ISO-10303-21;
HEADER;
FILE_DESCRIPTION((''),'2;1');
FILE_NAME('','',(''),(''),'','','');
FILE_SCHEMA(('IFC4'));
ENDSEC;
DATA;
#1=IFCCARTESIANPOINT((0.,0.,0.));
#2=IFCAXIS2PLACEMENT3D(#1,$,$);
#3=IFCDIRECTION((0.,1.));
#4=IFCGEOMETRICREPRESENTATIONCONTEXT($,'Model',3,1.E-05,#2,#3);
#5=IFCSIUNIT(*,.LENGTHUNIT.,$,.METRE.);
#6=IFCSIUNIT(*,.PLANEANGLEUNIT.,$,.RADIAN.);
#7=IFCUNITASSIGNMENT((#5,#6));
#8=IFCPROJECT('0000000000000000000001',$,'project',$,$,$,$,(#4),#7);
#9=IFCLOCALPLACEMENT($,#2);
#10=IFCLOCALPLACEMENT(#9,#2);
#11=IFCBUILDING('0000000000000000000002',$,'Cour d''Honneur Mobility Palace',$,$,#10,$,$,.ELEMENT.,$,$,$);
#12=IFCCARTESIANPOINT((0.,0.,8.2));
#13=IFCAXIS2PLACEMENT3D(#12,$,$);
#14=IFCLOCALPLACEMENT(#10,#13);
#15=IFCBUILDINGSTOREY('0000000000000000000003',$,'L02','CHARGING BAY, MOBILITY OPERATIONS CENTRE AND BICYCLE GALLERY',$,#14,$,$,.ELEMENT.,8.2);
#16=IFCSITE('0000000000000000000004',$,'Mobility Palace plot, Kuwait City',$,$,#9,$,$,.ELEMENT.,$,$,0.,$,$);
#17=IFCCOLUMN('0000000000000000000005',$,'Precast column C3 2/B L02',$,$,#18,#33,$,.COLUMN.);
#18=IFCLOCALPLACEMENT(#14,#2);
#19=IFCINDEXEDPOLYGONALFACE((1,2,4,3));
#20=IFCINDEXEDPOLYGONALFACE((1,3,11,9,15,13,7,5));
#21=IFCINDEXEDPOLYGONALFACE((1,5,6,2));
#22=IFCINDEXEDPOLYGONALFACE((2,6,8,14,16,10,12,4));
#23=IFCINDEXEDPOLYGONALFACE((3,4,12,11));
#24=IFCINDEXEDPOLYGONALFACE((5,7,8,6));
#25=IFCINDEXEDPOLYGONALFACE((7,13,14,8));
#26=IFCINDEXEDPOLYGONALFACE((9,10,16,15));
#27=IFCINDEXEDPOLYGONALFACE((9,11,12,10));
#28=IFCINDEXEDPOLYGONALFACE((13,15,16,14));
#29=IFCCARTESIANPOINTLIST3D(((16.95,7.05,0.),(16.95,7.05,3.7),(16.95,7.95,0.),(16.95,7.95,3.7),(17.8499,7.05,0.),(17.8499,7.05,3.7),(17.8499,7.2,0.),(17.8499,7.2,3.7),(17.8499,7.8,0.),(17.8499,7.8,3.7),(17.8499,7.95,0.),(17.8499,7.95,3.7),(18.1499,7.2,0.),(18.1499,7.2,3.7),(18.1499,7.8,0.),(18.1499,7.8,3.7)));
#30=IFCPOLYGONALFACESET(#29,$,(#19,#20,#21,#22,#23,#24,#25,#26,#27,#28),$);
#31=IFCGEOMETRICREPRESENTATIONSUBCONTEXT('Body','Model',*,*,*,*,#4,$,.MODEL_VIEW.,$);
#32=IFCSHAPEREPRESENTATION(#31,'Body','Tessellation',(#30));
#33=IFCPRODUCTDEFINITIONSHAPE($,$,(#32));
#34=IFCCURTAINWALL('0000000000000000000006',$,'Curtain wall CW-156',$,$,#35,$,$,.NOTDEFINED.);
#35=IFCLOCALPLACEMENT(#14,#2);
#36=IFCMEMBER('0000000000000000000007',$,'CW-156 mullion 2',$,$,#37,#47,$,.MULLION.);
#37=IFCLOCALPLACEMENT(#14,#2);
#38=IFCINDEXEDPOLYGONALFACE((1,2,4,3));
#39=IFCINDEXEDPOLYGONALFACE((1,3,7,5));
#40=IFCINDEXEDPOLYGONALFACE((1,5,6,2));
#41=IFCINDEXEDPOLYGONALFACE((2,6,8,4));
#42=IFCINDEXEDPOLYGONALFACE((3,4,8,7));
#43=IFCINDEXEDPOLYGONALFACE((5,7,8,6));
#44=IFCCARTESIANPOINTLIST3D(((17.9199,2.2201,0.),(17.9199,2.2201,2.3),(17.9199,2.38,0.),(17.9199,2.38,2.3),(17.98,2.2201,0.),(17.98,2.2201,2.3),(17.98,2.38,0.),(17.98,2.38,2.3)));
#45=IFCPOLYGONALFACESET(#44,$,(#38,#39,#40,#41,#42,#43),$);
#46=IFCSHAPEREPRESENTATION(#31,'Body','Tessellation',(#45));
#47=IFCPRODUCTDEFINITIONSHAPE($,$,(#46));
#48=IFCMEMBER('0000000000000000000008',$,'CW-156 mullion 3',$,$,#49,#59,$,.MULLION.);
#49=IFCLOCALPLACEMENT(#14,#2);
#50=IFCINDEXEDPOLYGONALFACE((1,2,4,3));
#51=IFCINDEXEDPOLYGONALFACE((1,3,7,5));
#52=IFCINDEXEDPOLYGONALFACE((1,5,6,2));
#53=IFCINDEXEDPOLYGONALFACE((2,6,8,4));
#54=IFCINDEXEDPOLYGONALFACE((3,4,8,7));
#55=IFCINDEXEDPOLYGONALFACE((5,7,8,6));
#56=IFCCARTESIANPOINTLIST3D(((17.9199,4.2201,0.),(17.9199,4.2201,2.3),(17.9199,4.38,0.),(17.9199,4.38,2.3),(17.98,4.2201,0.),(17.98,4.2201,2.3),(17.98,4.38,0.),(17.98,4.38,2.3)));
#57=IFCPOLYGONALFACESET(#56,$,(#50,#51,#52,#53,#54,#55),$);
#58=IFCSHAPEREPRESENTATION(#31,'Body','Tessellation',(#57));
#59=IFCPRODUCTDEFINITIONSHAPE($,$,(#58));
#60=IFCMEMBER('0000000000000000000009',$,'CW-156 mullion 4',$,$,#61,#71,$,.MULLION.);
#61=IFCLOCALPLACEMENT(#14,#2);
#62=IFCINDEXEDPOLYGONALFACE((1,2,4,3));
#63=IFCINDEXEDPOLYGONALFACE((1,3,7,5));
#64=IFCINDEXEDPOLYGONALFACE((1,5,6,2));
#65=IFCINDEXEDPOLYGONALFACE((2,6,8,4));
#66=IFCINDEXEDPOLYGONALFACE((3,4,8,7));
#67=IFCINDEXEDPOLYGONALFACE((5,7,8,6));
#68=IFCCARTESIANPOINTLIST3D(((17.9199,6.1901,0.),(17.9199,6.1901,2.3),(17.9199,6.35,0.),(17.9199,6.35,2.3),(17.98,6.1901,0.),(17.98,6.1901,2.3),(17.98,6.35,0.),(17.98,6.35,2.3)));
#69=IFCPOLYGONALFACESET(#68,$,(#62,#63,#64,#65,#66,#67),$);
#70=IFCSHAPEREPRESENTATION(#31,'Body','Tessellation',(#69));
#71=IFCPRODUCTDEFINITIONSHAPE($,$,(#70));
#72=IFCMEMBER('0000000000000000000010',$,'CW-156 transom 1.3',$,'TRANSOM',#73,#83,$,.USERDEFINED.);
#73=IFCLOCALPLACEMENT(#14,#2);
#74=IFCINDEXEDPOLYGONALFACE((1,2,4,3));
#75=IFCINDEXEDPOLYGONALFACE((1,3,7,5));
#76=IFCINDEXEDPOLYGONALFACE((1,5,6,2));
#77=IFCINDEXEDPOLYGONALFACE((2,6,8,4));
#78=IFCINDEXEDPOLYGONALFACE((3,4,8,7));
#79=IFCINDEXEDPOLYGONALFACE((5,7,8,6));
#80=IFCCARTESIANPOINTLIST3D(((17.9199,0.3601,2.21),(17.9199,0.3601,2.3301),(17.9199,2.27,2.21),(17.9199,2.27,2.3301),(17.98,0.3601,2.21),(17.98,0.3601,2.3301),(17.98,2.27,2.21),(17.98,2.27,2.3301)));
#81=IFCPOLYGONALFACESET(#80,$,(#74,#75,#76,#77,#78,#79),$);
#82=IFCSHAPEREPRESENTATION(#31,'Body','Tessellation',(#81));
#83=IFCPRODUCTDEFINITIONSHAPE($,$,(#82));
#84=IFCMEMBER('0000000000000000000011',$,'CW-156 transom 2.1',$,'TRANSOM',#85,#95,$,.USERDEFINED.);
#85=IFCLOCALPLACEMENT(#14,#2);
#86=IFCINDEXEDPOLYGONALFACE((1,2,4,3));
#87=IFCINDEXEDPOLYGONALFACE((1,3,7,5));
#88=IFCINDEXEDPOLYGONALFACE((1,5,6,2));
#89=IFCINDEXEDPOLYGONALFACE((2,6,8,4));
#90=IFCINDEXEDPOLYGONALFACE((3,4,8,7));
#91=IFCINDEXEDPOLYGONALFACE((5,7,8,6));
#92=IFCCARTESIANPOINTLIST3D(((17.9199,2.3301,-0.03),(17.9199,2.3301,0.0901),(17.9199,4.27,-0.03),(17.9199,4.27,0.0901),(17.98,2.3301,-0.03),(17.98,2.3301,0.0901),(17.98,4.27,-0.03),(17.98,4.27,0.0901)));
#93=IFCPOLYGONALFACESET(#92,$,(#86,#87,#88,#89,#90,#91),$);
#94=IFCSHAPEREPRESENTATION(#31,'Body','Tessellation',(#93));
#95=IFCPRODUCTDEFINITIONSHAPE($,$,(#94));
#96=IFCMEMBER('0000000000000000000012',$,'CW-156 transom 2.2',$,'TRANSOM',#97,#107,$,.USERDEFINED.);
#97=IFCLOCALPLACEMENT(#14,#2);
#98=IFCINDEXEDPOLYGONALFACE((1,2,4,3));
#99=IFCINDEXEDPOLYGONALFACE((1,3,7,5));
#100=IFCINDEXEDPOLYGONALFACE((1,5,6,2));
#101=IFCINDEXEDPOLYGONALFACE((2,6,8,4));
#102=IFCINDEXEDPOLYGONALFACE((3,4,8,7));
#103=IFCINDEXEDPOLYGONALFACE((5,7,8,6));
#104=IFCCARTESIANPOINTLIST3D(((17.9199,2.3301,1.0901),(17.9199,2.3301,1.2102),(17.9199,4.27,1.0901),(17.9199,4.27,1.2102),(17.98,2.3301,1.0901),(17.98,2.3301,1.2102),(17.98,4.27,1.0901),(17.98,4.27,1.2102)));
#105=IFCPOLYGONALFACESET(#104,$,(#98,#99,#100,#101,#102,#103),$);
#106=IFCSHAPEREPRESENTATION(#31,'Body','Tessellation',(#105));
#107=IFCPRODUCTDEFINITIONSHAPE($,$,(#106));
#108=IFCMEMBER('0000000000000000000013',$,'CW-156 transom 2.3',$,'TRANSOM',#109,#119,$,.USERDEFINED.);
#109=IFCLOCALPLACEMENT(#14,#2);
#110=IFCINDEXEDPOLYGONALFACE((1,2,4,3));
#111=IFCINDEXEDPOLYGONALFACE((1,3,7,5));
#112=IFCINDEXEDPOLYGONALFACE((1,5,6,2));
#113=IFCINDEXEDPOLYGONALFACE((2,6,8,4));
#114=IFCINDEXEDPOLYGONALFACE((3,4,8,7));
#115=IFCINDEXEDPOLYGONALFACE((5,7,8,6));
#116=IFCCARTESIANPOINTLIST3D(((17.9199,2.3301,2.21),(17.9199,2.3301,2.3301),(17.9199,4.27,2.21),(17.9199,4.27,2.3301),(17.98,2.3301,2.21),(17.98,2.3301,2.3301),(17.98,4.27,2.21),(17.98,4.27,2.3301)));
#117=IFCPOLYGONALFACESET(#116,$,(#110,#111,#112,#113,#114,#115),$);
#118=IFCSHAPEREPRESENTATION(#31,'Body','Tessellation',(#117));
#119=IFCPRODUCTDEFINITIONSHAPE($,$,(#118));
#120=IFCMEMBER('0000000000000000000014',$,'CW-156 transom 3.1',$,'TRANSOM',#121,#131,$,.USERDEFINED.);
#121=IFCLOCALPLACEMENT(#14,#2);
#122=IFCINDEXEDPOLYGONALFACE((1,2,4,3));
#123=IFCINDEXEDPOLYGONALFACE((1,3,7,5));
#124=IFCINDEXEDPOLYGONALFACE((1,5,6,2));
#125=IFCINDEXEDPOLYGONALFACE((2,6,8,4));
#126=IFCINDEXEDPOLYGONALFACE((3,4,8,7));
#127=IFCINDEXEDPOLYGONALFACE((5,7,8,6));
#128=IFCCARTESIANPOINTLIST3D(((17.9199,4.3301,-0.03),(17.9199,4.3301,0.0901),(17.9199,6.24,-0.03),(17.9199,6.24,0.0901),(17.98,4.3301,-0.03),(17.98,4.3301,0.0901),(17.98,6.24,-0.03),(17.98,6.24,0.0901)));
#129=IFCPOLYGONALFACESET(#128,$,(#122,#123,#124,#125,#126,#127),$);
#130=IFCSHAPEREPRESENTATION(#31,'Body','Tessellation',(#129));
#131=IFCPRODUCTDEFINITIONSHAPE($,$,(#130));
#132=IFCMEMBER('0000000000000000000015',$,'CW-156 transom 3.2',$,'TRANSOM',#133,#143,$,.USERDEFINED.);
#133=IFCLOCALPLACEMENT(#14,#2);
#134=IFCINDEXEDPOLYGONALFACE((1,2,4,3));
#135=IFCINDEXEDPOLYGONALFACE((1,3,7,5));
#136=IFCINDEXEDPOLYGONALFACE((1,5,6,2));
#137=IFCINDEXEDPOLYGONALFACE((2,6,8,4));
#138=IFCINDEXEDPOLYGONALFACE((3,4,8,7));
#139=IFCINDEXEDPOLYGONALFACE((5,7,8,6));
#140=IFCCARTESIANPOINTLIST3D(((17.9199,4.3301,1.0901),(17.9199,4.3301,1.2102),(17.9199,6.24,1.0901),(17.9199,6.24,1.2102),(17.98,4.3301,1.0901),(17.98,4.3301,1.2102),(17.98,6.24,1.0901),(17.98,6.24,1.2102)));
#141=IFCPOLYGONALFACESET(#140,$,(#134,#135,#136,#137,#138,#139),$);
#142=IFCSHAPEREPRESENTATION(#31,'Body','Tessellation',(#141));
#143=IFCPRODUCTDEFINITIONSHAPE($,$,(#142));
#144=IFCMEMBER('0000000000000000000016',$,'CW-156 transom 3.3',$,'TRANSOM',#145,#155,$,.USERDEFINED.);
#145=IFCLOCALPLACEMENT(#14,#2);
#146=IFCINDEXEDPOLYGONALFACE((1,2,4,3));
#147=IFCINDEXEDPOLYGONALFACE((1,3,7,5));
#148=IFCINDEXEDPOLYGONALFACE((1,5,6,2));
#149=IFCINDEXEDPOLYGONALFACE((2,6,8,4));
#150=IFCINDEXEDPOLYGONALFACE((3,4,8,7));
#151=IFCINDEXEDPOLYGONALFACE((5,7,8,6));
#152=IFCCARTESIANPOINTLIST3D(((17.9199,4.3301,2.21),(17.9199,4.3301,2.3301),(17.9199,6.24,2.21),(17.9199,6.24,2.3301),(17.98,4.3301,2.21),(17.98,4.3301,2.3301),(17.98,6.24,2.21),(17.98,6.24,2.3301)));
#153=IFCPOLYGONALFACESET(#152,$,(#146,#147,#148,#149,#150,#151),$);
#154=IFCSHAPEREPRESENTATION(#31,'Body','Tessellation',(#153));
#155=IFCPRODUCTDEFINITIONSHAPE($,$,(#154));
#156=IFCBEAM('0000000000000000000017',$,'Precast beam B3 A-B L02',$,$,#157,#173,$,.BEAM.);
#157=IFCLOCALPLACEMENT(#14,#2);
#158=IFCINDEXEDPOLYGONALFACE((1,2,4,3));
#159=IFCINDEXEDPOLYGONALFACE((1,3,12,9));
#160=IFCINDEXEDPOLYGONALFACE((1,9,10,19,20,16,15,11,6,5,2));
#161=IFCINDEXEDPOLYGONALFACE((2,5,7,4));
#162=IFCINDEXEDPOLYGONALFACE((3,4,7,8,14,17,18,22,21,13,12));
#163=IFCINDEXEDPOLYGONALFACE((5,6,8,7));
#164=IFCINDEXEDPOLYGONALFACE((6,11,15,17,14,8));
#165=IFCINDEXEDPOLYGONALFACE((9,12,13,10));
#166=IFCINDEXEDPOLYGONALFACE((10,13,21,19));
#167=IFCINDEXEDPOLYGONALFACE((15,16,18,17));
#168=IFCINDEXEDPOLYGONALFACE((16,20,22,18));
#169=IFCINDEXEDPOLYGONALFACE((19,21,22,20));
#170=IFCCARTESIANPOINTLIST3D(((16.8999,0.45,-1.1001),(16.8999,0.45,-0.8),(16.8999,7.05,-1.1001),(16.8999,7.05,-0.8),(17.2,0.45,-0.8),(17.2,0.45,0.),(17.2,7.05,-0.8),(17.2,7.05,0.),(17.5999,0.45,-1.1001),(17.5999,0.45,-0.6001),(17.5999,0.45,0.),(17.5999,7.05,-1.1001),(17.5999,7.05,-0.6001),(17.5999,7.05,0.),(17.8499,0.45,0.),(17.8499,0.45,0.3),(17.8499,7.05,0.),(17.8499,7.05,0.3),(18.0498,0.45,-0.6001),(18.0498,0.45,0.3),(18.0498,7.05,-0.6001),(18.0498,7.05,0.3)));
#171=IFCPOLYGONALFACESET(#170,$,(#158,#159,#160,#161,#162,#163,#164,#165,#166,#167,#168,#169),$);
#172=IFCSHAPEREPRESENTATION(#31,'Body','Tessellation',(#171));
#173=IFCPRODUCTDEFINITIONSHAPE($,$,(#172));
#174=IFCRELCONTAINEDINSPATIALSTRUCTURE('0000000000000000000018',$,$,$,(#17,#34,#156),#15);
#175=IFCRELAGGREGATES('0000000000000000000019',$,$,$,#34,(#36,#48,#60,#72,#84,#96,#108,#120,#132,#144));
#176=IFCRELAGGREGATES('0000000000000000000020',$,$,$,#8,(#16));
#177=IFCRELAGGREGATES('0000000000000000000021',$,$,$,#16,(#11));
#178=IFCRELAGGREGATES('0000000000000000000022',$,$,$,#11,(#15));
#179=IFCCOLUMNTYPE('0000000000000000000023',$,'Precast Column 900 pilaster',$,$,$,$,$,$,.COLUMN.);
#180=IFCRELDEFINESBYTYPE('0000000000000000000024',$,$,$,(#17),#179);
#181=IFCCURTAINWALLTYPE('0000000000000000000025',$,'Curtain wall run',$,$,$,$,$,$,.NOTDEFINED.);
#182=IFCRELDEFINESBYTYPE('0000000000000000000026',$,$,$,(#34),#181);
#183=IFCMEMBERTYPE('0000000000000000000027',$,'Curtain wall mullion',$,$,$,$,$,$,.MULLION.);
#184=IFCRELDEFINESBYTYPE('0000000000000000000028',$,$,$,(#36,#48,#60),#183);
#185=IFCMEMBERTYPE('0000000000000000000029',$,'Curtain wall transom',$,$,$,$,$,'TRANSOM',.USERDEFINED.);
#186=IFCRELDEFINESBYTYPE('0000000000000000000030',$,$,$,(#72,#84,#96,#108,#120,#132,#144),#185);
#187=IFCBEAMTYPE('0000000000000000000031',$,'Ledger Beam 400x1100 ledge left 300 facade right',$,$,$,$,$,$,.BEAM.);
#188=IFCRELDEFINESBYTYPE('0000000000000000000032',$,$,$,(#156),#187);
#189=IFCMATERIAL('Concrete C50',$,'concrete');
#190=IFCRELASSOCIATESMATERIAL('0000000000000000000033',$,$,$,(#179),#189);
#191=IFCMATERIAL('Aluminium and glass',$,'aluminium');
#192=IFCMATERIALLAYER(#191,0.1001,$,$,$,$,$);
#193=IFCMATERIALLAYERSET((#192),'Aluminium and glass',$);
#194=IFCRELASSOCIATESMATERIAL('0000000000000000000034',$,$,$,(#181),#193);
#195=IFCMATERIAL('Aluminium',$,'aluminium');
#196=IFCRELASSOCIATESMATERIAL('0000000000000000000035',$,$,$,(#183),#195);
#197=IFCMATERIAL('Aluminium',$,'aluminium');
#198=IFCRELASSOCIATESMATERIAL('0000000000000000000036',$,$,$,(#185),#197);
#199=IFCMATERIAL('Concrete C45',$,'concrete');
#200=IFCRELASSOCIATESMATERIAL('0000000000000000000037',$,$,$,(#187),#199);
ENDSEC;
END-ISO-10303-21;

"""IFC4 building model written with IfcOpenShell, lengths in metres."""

from ifc_helpers import new_model, si_unit, direction, frame, origin, origin_2d, place, context, subcontext, project, spatial, polyline, rectangle, outline, extrude, material, layer, layer_set, material_profile, profile_set, type_object, element, aggregate, save


model = new_model("IFC4")

# Units and contexts
model_context = context("Model", 3, precision=1e-05, world=origin(), true_north=direction((0.0, 1.0)))
body_context = subcontext(model_context, "Body", "Model", "MODEL_VIEW")
ifc_project = project(units=[si_unit("LENGTHUNIT", "METRE"), si_unit("PLANEANGLEUNIT", "RADIAN")], contexts=[model_context])

# Site, building, storey
site_placement = place(None, origin())
site = spatial("IfcSite", under=ifc_project, at=site_placement, Name="Mobility Palace plot, Kuwait City", CompositionType="ELEMENT", RefElevation=0.0)
building_placement = place(site_placement, origin())
building = spatial("IfcBuilding", under=site, at=building_placement, Name="Cour d'Honneur Mobility Palace", CompositionType="ELEMENT")
storey_placement = place(building_placement, frame((0.0, 0.0, 8.2)))
storey = spatial("IfcBuildingStorey", under=building, at=storey_placement, Name="L02", Description="CHARGING BAY, MOBILITY OPERATIONS CENTRE AND BICYCLE GALLERY", CompositionType="ELEMENT", Elevation=8.2)

# Column
ifc_material_1 = material(Name="Concrete C50", Category="concrete")
ifc_material_profile_1 = material_profile(ifc_material_1, outline(polyline([(-0.45, -0.45), (0.45, -0.45), (0.45, -0.3), (0.75, -0.3), (0.75, 0.3), (0.45, 0.3), (0.45, 0.45), (-0.45, 0.45), (-0.45, -0.45)])), Name="PC C900 pilaster")
ifc_profile_set_1 = profile_set([ifc_material_profile_1], Name="Concrete C50")
column_type = type_object("IfcColumnType", Name="Precast Column 900 pilaster", PredefinedType="COLUMN", material=ifc_profile_set_1)
column_placement = place(storey_placement, frame((17.3999, 7.5, 0.0), z_axis=(0.0, 0.0, 1.0), x_axis=(1.0, 0.0, 0.0)))
element("IfcColumn", 1, at=column_placement, inside=storey, type_object=column_type, Name="Precast column C3 2/B L02", PredefinedType="COLUMN", context=body_context, shape_type="SweptSolid", body=[
    extrude(outline(polyline([(-0.45, -0.45), (0.45, -0.45), (0.45, -0.3), (0.75, -0.3), (0.75, 0.3), (0.45, 0.3), (0.45, 0.45), (-0.45, 0.45), (-0.45, -0.45)])), origin(), (0.0, 0.0, 1.0), 3.7),
])

# Curtain wall, members
ifc_material_2 = material(Name="Aluminium and glass", Category="aluminium")
ifc_layer_1 = layer(ifc_material_2, 0.1001)
ifc_layer_set_1 = layer_set([ifc_layer_1], Name="Aluminium and glass")
curtain_wall_type = type_object("IfcCurtainWallType", Name="Curtain wall run", PredefinedType="NOTDEFINED", material=ifc_layer_set_1)
curtain_wall_placement = place(storey_placement, origin())
curtain_wall = element("IfcCurtainWall", 2, at=curtain_wall_placement, inside=storey, type_object=curtain_wall_type, Name="Curtain wall CW-156", PredefinedType="NOTDEFINED")
ifc_material_3 = material(Name="Aluminium", Category="aluminium")
ifc_material_profile_2 = material_profile(ifc_material_3, rectangle(XDim=0.0601, YDim=0.1599, at=origin_2d()), Name="Curtain wall mullion")
ifc_profile_set_2 = profile_set([ifc_material_profile_2], Name="Aluminium")
member_type_1 = type_object("IfcMemberType", Name="Curtain wall mullion", PredefinedType="MULLION", material=ifc_profile_set_2)
member_1_placement = place(storey_placement, frame((17.95, 2.3, 0.0), z_axis=(0.0, 0.0, 1.0), x_axis=(-1.0, 0.0, 0.0)))
member_1 = element("IfcMember", 3, at=member_1_placement, type_object=member_type_1, Name="CW-156 mullion 2", PredefinedType="MULLION", context=body_context, shape_type="SweptSolid", body=[
    extrude(rectangle(XDim=0.0601, YDim=0.1599, at=origin_2d()), origin(), (0.0, 0.0, 1.0), 2.3),
])
member_2_placement = place(storey_placement, frame((17.95, 4.3, 0.0), z_axis=(0.0, 0.0, 1.0), x_axis=(-1.0, 0.0, 0.0)))
member_2 = element("IfcMember", 4, at=member_2_placement, type_object=member_type_1, Name="CW-156 mullion 3", PredefinedType="MULLION", context=body_context, shape_type="SweptSolid", body=[
    extrude(rectangle(XDim=0.0601, YDim=0.1599, at=origin_2d()), origin(), (0.0, 0.0, 1.0), 2.3),
])
member_3_placement = place(storey_placement, frame((17.95, 6.27, 0.0), z_axis=(0.0, 0.0, 1.0), x_axis=(-1.0, 0.0, 0.0)))
member_3 = element("IfcMember", 5, at=member_3_placement, type_object=member_type_1, Name="CW-156 mullion 4", PredefinedType="MULLION", context=body_context, shape_type="SweptSolid", body=[
    extrude(rectangle(XDim=0.0601, YDim=0.1599, at=origin_2d()), origin(), (0.0, 0.0, 1.0), 2.3),
])
ifc_material_4 = material(Name="Aluminium", Category="aluminium")
ifc_material_profile_3 = material_profile(ifc_material_4, rectangle(XDim=0.0601, YDim=0.1201, at=origin_2d()), Name="Curtain wall transom")
ifc_profile_set_3 = profile_set([ifc_material_profile_3], Name="Aluminium")
member_type_2 = type_object("IfcMemberType", Name="Curtain wall transom", ElementType="TRANSOM", PredefinedType="USERDEFINED", material=ifc_profile_set_3)
member_4_placement = place(storey_placement, frame((17.95, 0.3601, 2.27), z_axis=(0.0, 1.0, 0.0), x_axis=(-1.0, 0.0, 0.0)))
member_4 = element("IfcMember", 6, at=member_4_placement, type_object=member_type_2, Name="CW-156 transom 1.3", ObjectType="TRANSOM", PredefinedType="USERDEFINED", context=body_context, shape_type="SweptSolid", body=[
    extrude(rectangle(XDim=0.0601, YDim=0.1201, at=origin_2d()), origin(), (0.0, 0.0, 1.0), 1.9099),
])
member_5_placement = place(storey_placement, frame((17.95, 2.3301, 0.03), z_axis=(0.0, 1.0, 0.0), x_axis=(-1.0, 0.0, 0.0)))
member_5 = element("IfcMember", 7, at=member_5_placement, type_object=member_type_2, Name="CW-156 transom 2.1", ObjectType="TRANSOM", PredefinedType="USERDEFINED", context=body_context, shape_type="SweptSolid", body=[
    extrude(rectangle(XDim=0.0601, YDim=0.1201, at=origin_2d()), origin(), (0.0, 0.0, 1.0), 1.9399),
])
member_6_placement = place(storey_placement, frame((17.95, 2.3301, 1.1501), z_axis=(0.0, 1.0, 0.0), x_axis=(-1.0, 0.0, 0.0)))
member_6 = element("IfcMember", 8, at=member_6_placement, type_object=member_type_2, Name="CW-156 transom 2.2", ObjectType="TRANSOM", PredefinedType="USERDEFINED", context=body_context, shape_type="SweptSolid", body=[
    extrude(rectangle(XDim=0.0601, YDim=0.1201, at=origin_2d()), origin(), (0.0, 0.0, 1.0), 1.9399),
])
member_7_placement = place(storey_placement, frame((17.95, 2.3301, 2.27), z_axis=(0.0, 1.0, 0.0), x_axis=(-1.0, 0.0, 0.0)))
member_7 = element("IfcMember", 9, at=member_7_placement, type_object=member_type_2, Name="CW-156 transom 2.3", ObjectType="TRANSOM", PredefinedType="USERDEFINED", context=body_context, shape_type="SweptSolid", body=[
    extrude(rectangle(XDim=0.0601, YDim=0.1201, at=origin_2d()), origin(), (0.0, 0.0, 1.0), 1.9399),
])
member_8_placement = place(storey_placement, frame((17.95, 4.3301, 0.03), z_axis=(0.0, 1.0, 0.0), x_axis=(-1.0, 0.0, 0.0)))
member_8 = element("IfcMember", 10, at=member_8_placement, type_object=member_type_2, Name="CW-156 transom 3.1", ObjectType="TRANSOM", PredefinedType="USERDEFINED", context=body_context, shape_type="SweptSolid", body=[
    extrude(rectangle(XDim=0.0601, YDim=0.1201, at=origin_2d()), origin(), (0.0, 0.0, 1.0), 1.9099),
])
member_9_placement = place(storey_placement, frame((17.95, 4.3301, 1.1501), z_axis=(0.0, 1.0, 0.0), x_axis=(-1.0, 0.0, 0.0)))
member_9 = element("IfcMember", 11, at=member_9_placement, type_object=member_type_2, Name="CW-156 transom 3.2", ObjectType="TRANSOM", PredefinedType="USERDEFINED", context=body_context, shape_type="SweptSolid", body=[
    extrude(rectangle(XDim=0.0601, YDim=0.1201, at=origin_2d()), origin(), (0.0, 0.0, 1.0), 1.9099),
])
member_10_placement = place(storey_placement, frame((17.95, 4.3301, 2.27), z_axis=(0.0, 1.0, 0.0), x_axis=(-1.0, 0.0, 0.0)))
member_10 = element("IfcMember", 12, at=member_10_placement, type_object=member_type_2, Name="CW-156 transom 3.3", ObjectType="TRANSOM", PredefinedType="USERDEFINED", context=body_context, shape_type="SweptSolid", body=[
    extrude(rectangle(XDim=0.0601, YDim=0.1201, at=origin_2d()), origin(), (0.0, 0.0, 1.0), 1.9099),
])

# Beam
ifc_material_5 = material(Name="Concrete C45", Category="concrete")
ifc_material_profile_4 = material_profile(ifc_material_5, outline(polyline([(0.5, -1.1001), (0.5, -0.8), (0.2, -0.8), (0.2, 0.0), (-0.2, 0.0), (-0.45, 0.0), (-0.45, 0.3), (-0.6499, 0.3), (-0.6499, -0.6001), (-0.2, -0.6001), (-0.2, -1.1001), (0.5, -1.1001)])), Name="Ledger Beam 400x1100 ledge left 300 facade right")
ifc_profile_set_4 = profile_set([ifc_material_profile_4], Name="Concrete C45")
beam_type_1 = type_object("IfcBeamType", Name="Ledger Beam 400x1100 ledge left 300 facade right", PredefinedType="BEAM", material=ifc_profile_set_4)
beam_1_placement = place(storey_placement, frame((17.3999, 0.45, 0.0), z_axis=(0.0, 1.0, 0.0), x_axis=(-1.0, 0.0, 0.0)))
element("IfcBeam", 13, at=beam_1_placement, inside=storey, type_object=beam_type_1, Name="Precast beam B3 A-B L02", PredefinedType="BEAM", context=body_context, shape_type="SweptSolid", body=[
    extrude(outline(polyline([(0.5, -1.1001), (0.5, -0.8), (0.2, -0.8), (0.2, 0.0), (-0.2, 0.0), (-0.45, 0.0), (-0.45, 0.3), (-0.6499, 0.3), (-0.6499, -0.6001), (-0.2, -0.6001), (-0.2, -1.1001), (0.5, -1.1001)])), origin(), (0.0, 0.0, 1.0), 6.6001),
])

aggregate(curtain_wall, [member_1, member_2, member_3, member_4, member_5, member_6, member_7, member_8, member_9, member_10])

save(model, "model.ifc")
